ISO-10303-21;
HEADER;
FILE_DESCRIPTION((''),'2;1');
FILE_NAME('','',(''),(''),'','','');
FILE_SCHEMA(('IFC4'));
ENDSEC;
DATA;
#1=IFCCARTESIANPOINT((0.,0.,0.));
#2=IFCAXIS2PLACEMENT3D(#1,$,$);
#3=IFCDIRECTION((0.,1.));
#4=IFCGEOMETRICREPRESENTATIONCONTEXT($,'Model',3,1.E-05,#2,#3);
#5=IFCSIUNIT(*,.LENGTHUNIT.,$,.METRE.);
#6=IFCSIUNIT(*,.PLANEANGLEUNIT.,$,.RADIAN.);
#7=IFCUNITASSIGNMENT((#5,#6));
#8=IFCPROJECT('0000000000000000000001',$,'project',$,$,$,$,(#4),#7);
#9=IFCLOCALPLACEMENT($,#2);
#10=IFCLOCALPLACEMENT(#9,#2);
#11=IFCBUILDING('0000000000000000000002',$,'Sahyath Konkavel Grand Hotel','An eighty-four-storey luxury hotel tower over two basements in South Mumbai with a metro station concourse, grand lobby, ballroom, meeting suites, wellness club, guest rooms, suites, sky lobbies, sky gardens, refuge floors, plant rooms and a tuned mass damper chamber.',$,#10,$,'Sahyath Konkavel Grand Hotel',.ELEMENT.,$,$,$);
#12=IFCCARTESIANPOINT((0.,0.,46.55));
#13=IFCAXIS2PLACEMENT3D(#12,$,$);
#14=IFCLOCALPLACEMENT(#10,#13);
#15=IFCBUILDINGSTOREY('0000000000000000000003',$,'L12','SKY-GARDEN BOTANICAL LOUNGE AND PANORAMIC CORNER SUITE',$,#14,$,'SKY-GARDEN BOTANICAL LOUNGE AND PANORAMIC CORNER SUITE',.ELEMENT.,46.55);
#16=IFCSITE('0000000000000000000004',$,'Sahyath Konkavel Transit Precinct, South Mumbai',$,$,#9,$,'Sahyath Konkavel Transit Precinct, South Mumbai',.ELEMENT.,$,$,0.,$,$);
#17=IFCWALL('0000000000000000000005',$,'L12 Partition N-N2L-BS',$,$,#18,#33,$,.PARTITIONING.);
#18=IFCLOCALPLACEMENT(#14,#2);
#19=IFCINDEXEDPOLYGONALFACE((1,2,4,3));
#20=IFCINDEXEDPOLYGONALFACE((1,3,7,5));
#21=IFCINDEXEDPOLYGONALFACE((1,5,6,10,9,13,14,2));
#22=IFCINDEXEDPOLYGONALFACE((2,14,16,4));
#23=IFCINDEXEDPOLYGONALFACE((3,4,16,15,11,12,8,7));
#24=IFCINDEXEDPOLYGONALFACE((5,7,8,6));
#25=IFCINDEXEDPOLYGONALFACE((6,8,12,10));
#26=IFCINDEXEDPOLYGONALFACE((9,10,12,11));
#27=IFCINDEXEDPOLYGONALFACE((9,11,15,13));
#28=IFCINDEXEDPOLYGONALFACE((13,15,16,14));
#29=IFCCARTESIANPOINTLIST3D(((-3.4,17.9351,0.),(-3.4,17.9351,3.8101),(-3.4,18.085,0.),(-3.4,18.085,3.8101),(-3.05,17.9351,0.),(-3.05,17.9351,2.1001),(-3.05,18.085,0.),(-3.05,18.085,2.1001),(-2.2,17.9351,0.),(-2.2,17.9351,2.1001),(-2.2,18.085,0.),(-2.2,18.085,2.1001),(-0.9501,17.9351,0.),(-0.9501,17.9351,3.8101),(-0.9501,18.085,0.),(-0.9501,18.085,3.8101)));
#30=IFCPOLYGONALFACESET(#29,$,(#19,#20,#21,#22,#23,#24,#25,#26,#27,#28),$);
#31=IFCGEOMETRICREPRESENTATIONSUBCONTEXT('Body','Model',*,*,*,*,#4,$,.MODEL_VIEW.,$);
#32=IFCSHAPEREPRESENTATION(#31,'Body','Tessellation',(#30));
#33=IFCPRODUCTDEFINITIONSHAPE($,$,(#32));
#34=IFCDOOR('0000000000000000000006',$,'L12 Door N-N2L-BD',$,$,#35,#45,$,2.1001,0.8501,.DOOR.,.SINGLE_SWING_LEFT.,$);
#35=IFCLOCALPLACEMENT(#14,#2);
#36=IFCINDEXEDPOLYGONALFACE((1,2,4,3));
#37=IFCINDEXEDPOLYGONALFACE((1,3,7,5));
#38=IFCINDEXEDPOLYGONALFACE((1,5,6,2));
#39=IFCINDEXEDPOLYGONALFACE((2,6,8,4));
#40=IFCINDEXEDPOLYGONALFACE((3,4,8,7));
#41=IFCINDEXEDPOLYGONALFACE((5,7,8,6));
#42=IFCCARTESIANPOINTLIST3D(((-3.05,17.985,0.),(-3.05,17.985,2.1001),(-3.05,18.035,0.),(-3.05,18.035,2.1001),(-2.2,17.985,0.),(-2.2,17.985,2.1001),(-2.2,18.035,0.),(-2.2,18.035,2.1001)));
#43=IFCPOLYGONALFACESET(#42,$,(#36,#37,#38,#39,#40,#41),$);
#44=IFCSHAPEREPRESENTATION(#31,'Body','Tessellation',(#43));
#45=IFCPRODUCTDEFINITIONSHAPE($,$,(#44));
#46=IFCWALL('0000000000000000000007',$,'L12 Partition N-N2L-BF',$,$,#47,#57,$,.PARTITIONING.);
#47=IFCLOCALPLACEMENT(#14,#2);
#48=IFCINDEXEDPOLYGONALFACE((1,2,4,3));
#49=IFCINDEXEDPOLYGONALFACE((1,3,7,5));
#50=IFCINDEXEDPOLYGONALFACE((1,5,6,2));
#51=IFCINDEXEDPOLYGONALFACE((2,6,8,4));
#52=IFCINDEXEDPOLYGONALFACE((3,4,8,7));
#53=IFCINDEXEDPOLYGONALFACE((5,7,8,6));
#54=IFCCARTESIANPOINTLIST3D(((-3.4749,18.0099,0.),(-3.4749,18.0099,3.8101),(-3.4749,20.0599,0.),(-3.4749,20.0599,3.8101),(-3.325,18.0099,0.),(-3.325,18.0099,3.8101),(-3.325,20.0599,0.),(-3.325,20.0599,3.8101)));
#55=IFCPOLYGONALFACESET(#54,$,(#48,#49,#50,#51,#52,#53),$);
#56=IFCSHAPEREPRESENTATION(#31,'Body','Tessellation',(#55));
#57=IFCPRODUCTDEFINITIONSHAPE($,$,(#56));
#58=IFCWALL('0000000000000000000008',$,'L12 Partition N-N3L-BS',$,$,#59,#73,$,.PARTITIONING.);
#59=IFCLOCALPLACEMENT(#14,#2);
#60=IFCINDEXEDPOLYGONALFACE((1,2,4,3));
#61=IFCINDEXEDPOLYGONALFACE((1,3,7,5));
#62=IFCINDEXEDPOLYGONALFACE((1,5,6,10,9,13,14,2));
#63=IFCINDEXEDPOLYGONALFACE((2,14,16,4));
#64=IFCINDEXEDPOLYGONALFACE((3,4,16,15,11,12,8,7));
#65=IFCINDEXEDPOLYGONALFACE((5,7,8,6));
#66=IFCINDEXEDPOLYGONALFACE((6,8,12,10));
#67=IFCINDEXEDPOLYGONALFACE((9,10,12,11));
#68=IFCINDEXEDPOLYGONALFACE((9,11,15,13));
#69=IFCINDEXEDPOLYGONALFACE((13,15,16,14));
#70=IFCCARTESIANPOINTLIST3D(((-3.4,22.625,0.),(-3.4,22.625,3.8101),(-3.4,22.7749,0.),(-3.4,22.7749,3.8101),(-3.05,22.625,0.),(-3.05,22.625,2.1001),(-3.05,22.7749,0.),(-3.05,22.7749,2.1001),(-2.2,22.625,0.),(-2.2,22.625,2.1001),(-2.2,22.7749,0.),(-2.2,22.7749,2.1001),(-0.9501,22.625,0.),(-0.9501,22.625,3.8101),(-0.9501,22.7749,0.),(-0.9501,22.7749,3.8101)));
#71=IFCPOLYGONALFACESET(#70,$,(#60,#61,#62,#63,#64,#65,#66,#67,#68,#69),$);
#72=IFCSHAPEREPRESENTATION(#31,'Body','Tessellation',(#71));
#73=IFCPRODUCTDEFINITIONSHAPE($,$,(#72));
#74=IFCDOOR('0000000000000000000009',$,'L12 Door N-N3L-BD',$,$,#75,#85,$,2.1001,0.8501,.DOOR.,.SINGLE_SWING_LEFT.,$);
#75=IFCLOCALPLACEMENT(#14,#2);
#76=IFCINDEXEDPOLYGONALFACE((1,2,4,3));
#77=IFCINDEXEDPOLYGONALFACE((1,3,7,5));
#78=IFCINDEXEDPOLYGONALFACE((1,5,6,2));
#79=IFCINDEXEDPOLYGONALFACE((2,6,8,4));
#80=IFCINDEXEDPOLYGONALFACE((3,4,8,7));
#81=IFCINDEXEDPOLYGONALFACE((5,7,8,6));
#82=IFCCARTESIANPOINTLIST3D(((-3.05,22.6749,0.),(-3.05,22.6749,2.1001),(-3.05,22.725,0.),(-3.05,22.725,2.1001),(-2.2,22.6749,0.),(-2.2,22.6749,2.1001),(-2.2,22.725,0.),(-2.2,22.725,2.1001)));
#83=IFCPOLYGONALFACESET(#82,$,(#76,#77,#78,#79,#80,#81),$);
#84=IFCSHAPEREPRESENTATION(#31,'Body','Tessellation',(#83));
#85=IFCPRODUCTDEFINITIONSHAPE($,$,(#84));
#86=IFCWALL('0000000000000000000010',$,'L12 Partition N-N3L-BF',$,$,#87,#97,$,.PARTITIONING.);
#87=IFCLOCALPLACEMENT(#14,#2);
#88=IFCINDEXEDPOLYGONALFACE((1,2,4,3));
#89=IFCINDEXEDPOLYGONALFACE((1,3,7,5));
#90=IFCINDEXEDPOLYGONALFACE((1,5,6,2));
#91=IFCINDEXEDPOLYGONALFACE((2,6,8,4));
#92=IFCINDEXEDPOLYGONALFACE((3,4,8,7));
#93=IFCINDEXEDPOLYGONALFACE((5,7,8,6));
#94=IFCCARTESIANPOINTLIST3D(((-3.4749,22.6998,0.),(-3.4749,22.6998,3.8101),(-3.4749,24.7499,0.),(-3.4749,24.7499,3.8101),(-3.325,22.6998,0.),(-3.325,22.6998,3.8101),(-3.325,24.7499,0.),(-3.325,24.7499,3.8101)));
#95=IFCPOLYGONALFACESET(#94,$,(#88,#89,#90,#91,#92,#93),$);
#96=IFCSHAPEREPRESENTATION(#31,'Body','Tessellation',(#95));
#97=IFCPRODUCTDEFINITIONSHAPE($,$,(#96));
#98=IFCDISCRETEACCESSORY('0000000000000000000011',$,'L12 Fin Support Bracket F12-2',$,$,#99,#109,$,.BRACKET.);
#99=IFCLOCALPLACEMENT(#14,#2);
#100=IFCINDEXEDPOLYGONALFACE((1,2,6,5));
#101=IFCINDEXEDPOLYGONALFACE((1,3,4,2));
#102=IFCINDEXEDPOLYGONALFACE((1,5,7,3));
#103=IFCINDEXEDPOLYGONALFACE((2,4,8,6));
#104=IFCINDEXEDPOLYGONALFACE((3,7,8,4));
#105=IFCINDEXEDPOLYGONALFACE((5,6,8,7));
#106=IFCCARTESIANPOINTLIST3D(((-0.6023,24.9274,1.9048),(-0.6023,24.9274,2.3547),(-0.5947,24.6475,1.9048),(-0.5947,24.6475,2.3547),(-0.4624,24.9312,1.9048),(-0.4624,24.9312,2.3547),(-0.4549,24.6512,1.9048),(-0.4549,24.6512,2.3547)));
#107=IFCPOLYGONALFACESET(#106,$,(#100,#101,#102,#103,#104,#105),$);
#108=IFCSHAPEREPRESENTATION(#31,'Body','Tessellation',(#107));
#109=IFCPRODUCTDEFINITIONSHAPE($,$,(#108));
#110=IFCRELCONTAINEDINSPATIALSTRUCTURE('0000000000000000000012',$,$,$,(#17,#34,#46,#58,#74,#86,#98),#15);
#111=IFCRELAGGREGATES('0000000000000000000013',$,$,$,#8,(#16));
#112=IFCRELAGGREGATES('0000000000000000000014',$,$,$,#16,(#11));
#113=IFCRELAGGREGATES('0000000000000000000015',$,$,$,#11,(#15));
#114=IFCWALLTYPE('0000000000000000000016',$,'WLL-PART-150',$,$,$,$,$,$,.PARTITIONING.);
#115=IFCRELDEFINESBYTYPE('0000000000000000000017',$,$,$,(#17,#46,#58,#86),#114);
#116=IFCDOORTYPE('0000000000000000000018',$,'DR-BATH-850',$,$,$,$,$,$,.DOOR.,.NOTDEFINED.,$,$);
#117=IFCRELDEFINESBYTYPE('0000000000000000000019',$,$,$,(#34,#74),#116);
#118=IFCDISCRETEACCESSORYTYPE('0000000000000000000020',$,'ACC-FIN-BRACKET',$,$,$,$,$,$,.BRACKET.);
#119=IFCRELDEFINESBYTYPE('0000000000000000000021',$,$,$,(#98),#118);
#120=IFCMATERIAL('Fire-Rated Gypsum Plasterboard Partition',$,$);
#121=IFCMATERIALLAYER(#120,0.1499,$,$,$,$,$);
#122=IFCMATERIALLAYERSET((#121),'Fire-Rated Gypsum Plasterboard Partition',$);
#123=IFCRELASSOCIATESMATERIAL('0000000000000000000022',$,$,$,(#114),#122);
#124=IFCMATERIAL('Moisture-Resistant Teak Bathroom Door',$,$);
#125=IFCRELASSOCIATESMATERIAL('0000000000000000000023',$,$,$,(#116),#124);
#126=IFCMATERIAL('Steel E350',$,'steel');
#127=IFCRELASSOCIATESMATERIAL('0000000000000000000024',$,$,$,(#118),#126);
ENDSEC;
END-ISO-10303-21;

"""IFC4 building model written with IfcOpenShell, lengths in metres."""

from ifc_helpers import new_model, si_unit, direction, frame, frame_2d, origin, origin_2d, place, context, subcontext, project, spatial, rectangle, extrude, source, transform, mapped, material, layer, layer_set, type_object, element, fill, save


model = new_model("IFC4")

# Units and contexts
model_context = context("Model", 3, precision=1e-05, world=origin(), true_north=direction((0.0, 1.0)))
body_context = subcontext(model_context, "Body", "Model", "MODEL_VIEW")
ifc_project = project(units=[si_unit("LENGTHUNIT", "METRE"), si_unit("PLANEANGLEUNIT", "RADIAN")], contexts=[model_context])

# Site, building, storey
site_placement = place(None, origin())
site = spatial("IfcSite", under=ifc_project, at=site_placement, Name="Sahyath Konkavel Transit Precinct, South Mumbai", LongName="Sahyath Konkavel Transit Precinct, South Mumbai", CompositionType="ELEMENT", RefElevation=0.0)
building_placement = place(site_placement, origin())
building = spatial("IfcBuilding", under=site, at=building_placement, Name="Sahyath Konkavel Grand Hotel", Description="An eighty-four-storey luxury hotel tower over two basements in South Mumbai with a metro station concourse, grand lobby, ballroom, meeting suites, wellness club, guest rooms, suites, sky lobbies, sky gardens, refuge floors, plant rooms and a tuned mass damper chamber.", LongName="Sahyath Konkavel Grand Hotel", CompositionType="ELEMENT")
storey_placement = place(building_placement, frame((0.0, 0.0, 46.55)))
storey = spatial("IfcBuildingStorey", under=building, at=storey_placement, Name="L12", Description="SKY-GARDEN BOTANICAL LOUNGE AND PANORAMIC CORNER SUITE", LongName="SKY-GARDEN BOTANICAL LOUNGE AND PANORAMIC CORNER SUITE", CompositionType="ELEMENT", Elevation=46.55)

# Shared definitions
ifc_material_1 = material(Name="Steel E350", Category="steel")

# Wall, opening, door
ifc_material_2 = material(Name="Fire-Rated Gypsum Plasterboard Partition")
ifc_layer_1 = layer(ifc_material_2, 0.1499)
ifc_layer_set_1 = layer_set([ifc_layer_1], Name="Fire-Rated Gypsum Plasterboard Partition")
wall_type_1 = type_object("IfcWallType", Name="WLL-PART-150", PredefinedType="PARTITIONING", material=ifc_layer_set_1)
wall_1_placement = place(storey_placement, frame((-0.95, 18.01, 0.0), z_axis=(0.0, 0.0, 1.0), x_axis=(-1.0, 0.0, 0.0)))
wall_1 = element("IfcWall", 1, at=wall_1_placement, inside=storey, type_object=wall_type_1, Name="L12 Partition N-N2L-BS", PredefinedType="PARTITIONING", context=body_context, shape_type="SweptSolid", body=[
    extrude(rectangle(XDim=2.45, YDim=0.1499, at=frame_2d((1.2251, 0.0))), origin(), (0.0, 0.0, 1.0), 3.8101),
])
opening_1_placement = place(wall_1_placement, frame((1.25, 0.0, 0.0)))
opening_1 = element("IfcOpeningElement", 2, at=opening_1_placement, cuts=wall_1, PredefinedType="OPENING", context=body_context, shape_type="SweptSolid", body=[
    extrude(rectangle(XDim=0.8501, YDim=2.1001, at=frame_2d((0.425, 1.05))), frame((0.0, 0.085, 0.0), z_axis=(0.0, -1.0, 0.0), x_axis=(1.0, 0.0, 0.0)), (0.0, 0.0, 1.0), 0.1699),
])
ifc_material_3 = material(Name="Moisture-Resistant Teak Bathroom Door")
door_type = type_object("IfcDoorType", Name="DR-BATH-850", OperationType="NOTDEFINED", PredefinedType="DOOR", material=ifc_material_3)
shared_shape_1 = source(origin(), body_context, "Body", "SweptSolid", [
    extrude(rectangle(XDim=0.8501, YDim=0.05, at=origin_2d()), origin(), (0.0, 0.0, 1.0), 2.1001),
])
door_1_placement = place(opening_1_placement, frame((0.425, 0.0, 0.0)))
door_1 = element("IfcDoor", 3, at=door_1_placement, inside=storey, type_object=door_type, Name="L12 Door N-N2L-BD", OperationType="SINGLE_SWING_LEFT", OverallHeight=2.1001, OverallWidth=0.8501, PredefinedType="DOOR", context=body_context, shape_type="MappedRepresentation", body=[
    mapped(shared_shape_1, transform((0.0, 0.0, 0.0), scale=1.0)),
])
fill(opening_1, door_1)

# Wall
wall_2_placement = place(storey_placement, frame((-3.3999, 18.01, 0.0), z_axis=(0.0, 0.0, 1.0), x_axis=(0.0, 1.0, 0.0)))
element("IfcWall", 4, at=wall_2_placement, inside=storey, type_object=wall_type_1, Name="L12 Partition N-N2L-BF", PredefinedType="PARTITIONING", context=body_context, shape_type="SweptSolid", body=[
    extrude(rectangle(XDim=2.05, YDim=0.1499, at=frame_2d((1.0249, 0.0))), origin(), (0.0, 0.0, 1.0), 3.8101),
])

# Wall, opening, door
wall_3_placement = place(storey_placement, frame((-0.95, 22.7, 0.0), z_axis=(0.0, 0.0, 1.0), x_axis=(-1.0, 0.0, 0.0)))
wall_3 = element("IfcWall", 5, at=wall_3_placement, inside=storey, type_object=wall_type_1, Name="L12 Partition N-N3L-BS", PredefinedType="PARTITIONING", context=body_context, shape_type="SweptSolid", body=[
    extrude(rectangle(XDim=2.45, YDim=0.1499, at=frame_2d((1.2251, 0.0))), origin(), (0.0, 0.0, 1.0), 3.8101),
])
opening_2_placement = place(wall_3_placement, frame((1.25, 0.0, 0.0)))
opening_2 = element("IfcOpeningElement", 6, at=opening_2_placement, cuts=wall_3, PredefinedType="OPENING", context=body_context, shape_type="SweptSolid", body=[
    extrude(rectangle(XDim=0.8501, YDim=2.1001, at=frame_2d((0.425, 1.05))), frame((0.0, 0.085, 0.0), z_axis=(0.0, -1.0, 0.0), x_axis=(1.0, 0.0, 0.0)), (0.0, 0.0, 1.0), 0.1699),
])
door_2_placement = place(opening_2_placement, frame((0.425, 0.0, 0.0)))
door_2 = element("IfcDoor", 7, at=door_2_placement, inside=storey, type_object=door_type, Name="L12 Door N-N3L-BD", OperationType="SINGLE_SWING_LEFT", OverallHeight=2.1001, OverallWidth=0.8501, PredefinedType="DOOR", context=body_context, shape_type="MappedRepresentation", body=[
    mapped(shared_shape_1, transform((0.0, 0.0, 0.0), scale=1.0)),
])
fill(opening_2, door_2)

# Wall
wall_4_placement = place(storey_placement, frame((-3.3999, 22.7, 0.0), z_axis=(0.0, 0.0, 1.0), x_axis=(0.0, 1.0, 0.0)))
element("IfcWall", 8, at=wall_4_placement, inside=storey, type_object=wall_type_1, Name="L12 Partition N-N3L-BF", PredefinedType="PARTITIONING", context=body_context, shape_type="SweptSolid", body=[
    extrude(rectangle(XDim=2.05, YDim=0.1499, at=frame_2d((1.0249, 0.0))), origin(), (0.0, 0.0, 1.0), 3.8101),
])

# Discrete accessory
discrete_accessory_type = type_object("IfcDiscreteAccessoryType", Name="ACC-FIN-BRACKET", PredefinedType="BRACKET", material=ifc_material_1)
shared_shape_2 = source(origin(), body_context, "Body", "SweptSolid", [
    extrude(rectangle(XDim=0.28, YDim=0.1399, at=origin_2d()), origin(), (0.0, 0.0, 1.0), 0.45),
])
discrete_accessory_placement = place(storey_placement, frame((-0.5286, 24.7893, 1.9048), z_axis=(0.0, 0.0, 1.0), x_axis=(-0.02691, 0.999638, 0.0)))
element("IfcDiscreteAccessory", 9, at=discrete_accessory_placement, inside=storey, type_object=discrete_accessory_type, Name="L12 Fin Support Bracket F12-2", PredefinedType="BRACKET", context=body_context, shape_type="MappedRepresentation", body=[
    mapped(shared_shape_2, transform((0.0, 0.0, 0.0), scale=1.0)),
])

save(model, "model.ifc")
